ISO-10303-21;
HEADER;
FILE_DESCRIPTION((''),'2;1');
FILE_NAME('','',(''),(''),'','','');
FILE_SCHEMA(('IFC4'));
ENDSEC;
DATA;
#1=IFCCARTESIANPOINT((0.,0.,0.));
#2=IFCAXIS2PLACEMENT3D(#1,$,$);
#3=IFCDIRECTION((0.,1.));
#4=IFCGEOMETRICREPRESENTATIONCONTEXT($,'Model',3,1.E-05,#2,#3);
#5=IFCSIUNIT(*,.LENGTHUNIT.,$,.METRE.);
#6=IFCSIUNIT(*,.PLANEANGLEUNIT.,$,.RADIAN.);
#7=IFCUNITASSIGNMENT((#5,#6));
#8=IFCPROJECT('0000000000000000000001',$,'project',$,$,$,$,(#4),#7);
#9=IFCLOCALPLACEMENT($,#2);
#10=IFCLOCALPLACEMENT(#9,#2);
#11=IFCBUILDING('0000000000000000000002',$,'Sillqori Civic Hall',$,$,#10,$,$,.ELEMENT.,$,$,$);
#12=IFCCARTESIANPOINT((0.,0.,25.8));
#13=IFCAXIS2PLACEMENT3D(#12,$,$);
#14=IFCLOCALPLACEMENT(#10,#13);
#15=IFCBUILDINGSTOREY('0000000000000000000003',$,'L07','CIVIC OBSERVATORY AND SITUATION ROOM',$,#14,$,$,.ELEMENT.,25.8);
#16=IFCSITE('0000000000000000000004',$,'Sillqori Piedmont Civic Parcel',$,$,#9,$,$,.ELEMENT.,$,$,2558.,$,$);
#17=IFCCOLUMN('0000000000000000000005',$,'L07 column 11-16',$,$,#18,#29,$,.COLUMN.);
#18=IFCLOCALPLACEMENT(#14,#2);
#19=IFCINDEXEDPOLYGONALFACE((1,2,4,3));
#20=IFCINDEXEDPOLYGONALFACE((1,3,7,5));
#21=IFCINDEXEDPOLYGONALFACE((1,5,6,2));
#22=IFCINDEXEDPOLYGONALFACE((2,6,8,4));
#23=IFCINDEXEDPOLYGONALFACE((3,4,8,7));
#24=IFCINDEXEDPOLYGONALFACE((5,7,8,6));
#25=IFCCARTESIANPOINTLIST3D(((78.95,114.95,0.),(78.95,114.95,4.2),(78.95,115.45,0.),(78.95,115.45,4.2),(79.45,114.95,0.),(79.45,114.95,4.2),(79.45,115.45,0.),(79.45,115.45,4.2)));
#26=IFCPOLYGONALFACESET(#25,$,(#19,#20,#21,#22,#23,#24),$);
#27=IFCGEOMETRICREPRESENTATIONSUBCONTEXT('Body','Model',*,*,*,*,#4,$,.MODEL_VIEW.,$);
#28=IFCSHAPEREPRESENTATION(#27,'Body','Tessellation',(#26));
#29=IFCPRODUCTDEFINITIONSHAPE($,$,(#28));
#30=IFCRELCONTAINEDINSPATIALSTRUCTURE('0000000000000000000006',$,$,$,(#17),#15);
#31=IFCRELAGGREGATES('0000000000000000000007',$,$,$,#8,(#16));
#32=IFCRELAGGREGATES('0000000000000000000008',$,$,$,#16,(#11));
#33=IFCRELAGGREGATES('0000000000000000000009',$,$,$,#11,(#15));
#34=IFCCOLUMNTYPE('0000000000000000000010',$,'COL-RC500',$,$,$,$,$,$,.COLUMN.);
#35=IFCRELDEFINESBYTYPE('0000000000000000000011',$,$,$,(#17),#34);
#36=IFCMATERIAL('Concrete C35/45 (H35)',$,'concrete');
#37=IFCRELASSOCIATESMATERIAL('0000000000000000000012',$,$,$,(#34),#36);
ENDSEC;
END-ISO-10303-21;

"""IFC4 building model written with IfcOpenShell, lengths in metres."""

from ifc_helpers import new_model, si_unit, direction, frame, origin, origin_2d, place, context, subcontext, project, spatial, rectangle, extrude, material, material_profile, profile_set, type_object, element, save


model = new_model("IFC4")

# Units and contexts
model_context = context("Model", 3, precision=1e-05, world=origin(), true_north=direction((0.0, 1.0)))
body_context = subcontext(model_context, "Body", "Model", "MODEL_VIEW")
ifc_project = project(units=[si_unit("LENGTHUNIT", "METRE"), si_unit("PLANEANGLEUNIT", "RADIAN")], contexts=[model_context])

# Site, building, storey
site_placement = place(None, origin())
site = spatial("IfcSite", under=ifc_project, at=site_placement, Name="Sillqori Piedmont Civic Parcel", CompositionType="ELEMENT", RefElevation=2558.0)
building_placement = place(site_placement, origin())
building = spatial("IfcBuilding", under=site, at=building_placement, Name="Sillqori Civic Hall", CompositionType="ELEMENT")
storey_placement = place(building_placement, frame((0.0, 0.0, 25.8)))
storey = spatial("IfcBuildingStorey", under=building, at=storey_placement, Name="L07", Description="CIVIC OBSERVATORY AND SITUATION ROOM", CompositionType="ELEMENT", Elevation=25.8)

# Column
ifc_material_1 = material(Name="Concrete C35/45 (H35)", Category="concrete")
ifc_material_profile_1 = material_profile(ifc_material_1, rectangle(XDim=0.5, YDim=0.5, at=origin_2d()), Name="RC 500x500")
ifc_profile_set_1 = profile_set([ifc_material_profile_1], Name="Concrete C35/45 (H35)")
column_type = type_object("IfcColumnType", Name="COL-RC500", PredefinedType="COLUMN", material=ifc_profile_set_1)
column_placement = place(storey_placement, frame((79.2, 115.2, 0.0), z_axis=(0.0, 0.0, 1.0), x_axis=(1.0, 0.0, 0.0)))
element("IfcColumn", 1, at=column_placement, inside=storey, type_object=column_type, Name="L07 column 11-16", PredefinedType="COLUMN", context=body_context, shape_type="SweptSolid", body=[
    extrude(rectangle(XDim=0.5, YDim=0.5, at=origin_2d()), origin(), (0.0, 0.0, 1.0), 4.2),
])

save(model, "model.ifc")
